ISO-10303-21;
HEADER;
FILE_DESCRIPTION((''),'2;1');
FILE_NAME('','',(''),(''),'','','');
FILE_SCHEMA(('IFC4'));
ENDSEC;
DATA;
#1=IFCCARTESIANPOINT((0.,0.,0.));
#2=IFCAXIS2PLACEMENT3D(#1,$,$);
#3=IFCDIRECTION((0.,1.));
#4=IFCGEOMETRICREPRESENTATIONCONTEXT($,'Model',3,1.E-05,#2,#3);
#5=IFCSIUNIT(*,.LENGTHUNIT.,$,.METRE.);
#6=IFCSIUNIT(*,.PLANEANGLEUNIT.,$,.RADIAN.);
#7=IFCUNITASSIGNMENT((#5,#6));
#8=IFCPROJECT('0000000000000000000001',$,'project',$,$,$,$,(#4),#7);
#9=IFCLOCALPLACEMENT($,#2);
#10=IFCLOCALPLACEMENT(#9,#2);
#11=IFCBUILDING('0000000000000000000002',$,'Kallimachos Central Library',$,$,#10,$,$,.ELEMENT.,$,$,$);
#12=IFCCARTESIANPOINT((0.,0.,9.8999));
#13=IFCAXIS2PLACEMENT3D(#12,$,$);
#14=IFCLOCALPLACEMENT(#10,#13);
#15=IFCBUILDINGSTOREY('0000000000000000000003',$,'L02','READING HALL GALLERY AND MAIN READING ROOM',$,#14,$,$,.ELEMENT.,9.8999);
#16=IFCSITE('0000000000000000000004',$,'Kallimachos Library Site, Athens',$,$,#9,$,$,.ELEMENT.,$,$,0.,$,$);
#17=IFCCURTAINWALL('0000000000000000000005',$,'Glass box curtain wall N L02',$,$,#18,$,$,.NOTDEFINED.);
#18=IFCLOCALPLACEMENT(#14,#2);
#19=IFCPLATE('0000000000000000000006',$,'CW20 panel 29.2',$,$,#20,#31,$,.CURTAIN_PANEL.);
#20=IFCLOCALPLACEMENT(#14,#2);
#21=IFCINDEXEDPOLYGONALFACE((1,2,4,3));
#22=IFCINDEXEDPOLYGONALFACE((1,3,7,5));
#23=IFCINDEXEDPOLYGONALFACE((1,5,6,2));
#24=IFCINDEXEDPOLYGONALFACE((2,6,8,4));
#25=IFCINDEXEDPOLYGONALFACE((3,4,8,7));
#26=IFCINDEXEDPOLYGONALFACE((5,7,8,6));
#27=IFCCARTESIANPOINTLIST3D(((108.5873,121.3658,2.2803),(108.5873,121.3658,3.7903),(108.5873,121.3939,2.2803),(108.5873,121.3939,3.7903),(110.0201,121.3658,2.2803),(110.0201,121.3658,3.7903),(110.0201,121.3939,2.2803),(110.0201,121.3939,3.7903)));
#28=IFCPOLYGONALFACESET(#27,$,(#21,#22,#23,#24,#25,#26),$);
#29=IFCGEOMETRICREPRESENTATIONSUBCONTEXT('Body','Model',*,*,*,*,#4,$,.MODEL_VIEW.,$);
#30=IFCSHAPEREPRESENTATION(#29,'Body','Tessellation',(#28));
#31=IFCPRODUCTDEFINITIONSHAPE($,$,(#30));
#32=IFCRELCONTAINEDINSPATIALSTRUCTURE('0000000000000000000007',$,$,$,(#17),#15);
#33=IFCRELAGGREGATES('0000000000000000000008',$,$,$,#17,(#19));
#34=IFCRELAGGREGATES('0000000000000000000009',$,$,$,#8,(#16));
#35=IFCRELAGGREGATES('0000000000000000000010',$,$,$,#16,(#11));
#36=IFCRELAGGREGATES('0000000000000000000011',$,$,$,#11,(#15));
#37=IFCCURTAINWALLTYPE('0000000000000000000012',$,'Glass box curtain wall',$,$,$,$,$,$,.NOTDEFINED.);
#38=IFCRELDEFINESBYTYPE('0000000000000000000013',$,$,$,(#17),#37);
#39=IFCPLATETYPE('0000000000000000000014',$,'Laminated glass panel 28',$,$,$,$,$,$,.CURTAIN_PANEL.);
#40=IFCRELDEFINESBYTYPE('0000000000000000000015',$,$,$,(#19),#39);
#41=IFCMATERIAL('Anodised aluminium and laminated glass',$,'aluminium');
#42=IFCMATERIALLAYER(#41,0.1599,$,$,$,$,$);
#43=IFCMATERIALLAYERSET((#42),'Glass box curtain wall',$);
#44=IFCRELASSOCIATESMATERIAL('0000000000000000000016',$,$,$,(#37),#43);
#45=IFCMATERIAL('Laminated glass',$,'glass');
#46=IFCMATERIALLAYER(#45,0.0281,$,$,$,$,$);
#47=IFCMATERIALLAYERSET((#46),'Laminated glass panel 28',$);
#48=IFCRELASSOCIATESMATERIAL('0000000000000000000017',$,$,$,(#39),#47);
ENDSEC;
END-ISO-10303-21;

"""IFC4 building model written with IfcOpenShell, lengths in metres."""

from ifc_helpers import new_model, si_unit, direction, frame, origin, origin_2d, place, context, subcontext, project, spatial, rectangle, extrude, material, layer, layer_set, type_object, element, aggregate, save


model = new_model("IFC4")

# Units and contexts
model_context = context("Model", 3, precision=1e-05, world=origin(), true_north=direction((0.0, 1.0)))
body_context = subcontext(model_context, "Body", "Model", "MODEL_VIEW")
ifc_project = project(units=[si_unit("LENGTHUNIT", "METRE"), si_unit("PLANEANGLEUNIT", "RADIAN")], contexts=[model_context])

# Site, building, storey
site_placement = place(None, origin())
site = spatial("IfcSite", under=ifc_project, at=site_placement, Name="Kallimachos Library Site, Athens", CompositionType="ELEMENT", RefElevation=0.0)
building_placement = place(site_placement, origin())
building = spatial("IfcBuilding", under=site, at=building_placement, Name="Kallimachos Central Library", CompositionType="ELEMENT")
storey_placement = place(building_placement, frame((0.0, 0.0, 9.8999)))
storey = spatial("IfcBuildingStorey", under=building, at=storey_placement, Name="L02", Description="READING HALL GALLERY AND MAIN READING ROOM", CompositionType="ELEMENT", Elevation=9.8999)

# Curtain wall, plate
ifc_material_1 = material(Name="Anodised aluminium and laminated glass", Category="aluminium")
ifc_layer_1 = layer(ifc_material_1, 0.1599)
ifc_layer_set_1 = layer_set([ifc_layer_1], Name="Glass box curtain wall")
curtain_wall_type = type_object("IfcCurtainWallType", Name="Glass box curtain wall", PredefinedType="NOTDEFINED", material=ifc_layer_set_1)
curtain_wall_placement = place(storey_placement, origin())
curtain_wall = element("IfcCurtainWall", 1, at=curtain_wall_placement, inside=storey, type_object=curtain_wall_type, Name="Glass box curtain wall N L02", PredefinedType="NOTDEFINED")
ifc_material_2 = material(Name="Laminated glass", Category="glass")
ifc_layer_2 = layer(ifc_material_2, 0.0281)
ifc_layer_set_2 = layer_set([ifc_layer_2], Name="Laminated glass panel 28")
plate_type = type_object("IfcPlateType", Name="Laminated glass panel 28", PredefinedType="CURTAIN_PANEL", material=ifc_layer_set_2)
plate_1_placement = place(storey_placement, frame((109.3037, 121.3799, 2.2803), z_axis=(0.0, 0.0, 1.0), x_axis=(1.0, 0.0, 0.0)))
plate_1 = element("IfcPlate", 2, at=plate_1_placement, type_object=plate_type, Name="CW20 panel 29.2", PredefinedType="CURTAIN_PANEL", context=body_context, shape_type="SweptSolid", body=[
    extrude(rectangle(XDim=1.4329, YDim=0.0281, at=origin_2d()), origin(), (0.0, 0.0, 1.0), 1.51),
])
aggregate(curtain_wall, [plate_1])

save(model, "model.ifc")
